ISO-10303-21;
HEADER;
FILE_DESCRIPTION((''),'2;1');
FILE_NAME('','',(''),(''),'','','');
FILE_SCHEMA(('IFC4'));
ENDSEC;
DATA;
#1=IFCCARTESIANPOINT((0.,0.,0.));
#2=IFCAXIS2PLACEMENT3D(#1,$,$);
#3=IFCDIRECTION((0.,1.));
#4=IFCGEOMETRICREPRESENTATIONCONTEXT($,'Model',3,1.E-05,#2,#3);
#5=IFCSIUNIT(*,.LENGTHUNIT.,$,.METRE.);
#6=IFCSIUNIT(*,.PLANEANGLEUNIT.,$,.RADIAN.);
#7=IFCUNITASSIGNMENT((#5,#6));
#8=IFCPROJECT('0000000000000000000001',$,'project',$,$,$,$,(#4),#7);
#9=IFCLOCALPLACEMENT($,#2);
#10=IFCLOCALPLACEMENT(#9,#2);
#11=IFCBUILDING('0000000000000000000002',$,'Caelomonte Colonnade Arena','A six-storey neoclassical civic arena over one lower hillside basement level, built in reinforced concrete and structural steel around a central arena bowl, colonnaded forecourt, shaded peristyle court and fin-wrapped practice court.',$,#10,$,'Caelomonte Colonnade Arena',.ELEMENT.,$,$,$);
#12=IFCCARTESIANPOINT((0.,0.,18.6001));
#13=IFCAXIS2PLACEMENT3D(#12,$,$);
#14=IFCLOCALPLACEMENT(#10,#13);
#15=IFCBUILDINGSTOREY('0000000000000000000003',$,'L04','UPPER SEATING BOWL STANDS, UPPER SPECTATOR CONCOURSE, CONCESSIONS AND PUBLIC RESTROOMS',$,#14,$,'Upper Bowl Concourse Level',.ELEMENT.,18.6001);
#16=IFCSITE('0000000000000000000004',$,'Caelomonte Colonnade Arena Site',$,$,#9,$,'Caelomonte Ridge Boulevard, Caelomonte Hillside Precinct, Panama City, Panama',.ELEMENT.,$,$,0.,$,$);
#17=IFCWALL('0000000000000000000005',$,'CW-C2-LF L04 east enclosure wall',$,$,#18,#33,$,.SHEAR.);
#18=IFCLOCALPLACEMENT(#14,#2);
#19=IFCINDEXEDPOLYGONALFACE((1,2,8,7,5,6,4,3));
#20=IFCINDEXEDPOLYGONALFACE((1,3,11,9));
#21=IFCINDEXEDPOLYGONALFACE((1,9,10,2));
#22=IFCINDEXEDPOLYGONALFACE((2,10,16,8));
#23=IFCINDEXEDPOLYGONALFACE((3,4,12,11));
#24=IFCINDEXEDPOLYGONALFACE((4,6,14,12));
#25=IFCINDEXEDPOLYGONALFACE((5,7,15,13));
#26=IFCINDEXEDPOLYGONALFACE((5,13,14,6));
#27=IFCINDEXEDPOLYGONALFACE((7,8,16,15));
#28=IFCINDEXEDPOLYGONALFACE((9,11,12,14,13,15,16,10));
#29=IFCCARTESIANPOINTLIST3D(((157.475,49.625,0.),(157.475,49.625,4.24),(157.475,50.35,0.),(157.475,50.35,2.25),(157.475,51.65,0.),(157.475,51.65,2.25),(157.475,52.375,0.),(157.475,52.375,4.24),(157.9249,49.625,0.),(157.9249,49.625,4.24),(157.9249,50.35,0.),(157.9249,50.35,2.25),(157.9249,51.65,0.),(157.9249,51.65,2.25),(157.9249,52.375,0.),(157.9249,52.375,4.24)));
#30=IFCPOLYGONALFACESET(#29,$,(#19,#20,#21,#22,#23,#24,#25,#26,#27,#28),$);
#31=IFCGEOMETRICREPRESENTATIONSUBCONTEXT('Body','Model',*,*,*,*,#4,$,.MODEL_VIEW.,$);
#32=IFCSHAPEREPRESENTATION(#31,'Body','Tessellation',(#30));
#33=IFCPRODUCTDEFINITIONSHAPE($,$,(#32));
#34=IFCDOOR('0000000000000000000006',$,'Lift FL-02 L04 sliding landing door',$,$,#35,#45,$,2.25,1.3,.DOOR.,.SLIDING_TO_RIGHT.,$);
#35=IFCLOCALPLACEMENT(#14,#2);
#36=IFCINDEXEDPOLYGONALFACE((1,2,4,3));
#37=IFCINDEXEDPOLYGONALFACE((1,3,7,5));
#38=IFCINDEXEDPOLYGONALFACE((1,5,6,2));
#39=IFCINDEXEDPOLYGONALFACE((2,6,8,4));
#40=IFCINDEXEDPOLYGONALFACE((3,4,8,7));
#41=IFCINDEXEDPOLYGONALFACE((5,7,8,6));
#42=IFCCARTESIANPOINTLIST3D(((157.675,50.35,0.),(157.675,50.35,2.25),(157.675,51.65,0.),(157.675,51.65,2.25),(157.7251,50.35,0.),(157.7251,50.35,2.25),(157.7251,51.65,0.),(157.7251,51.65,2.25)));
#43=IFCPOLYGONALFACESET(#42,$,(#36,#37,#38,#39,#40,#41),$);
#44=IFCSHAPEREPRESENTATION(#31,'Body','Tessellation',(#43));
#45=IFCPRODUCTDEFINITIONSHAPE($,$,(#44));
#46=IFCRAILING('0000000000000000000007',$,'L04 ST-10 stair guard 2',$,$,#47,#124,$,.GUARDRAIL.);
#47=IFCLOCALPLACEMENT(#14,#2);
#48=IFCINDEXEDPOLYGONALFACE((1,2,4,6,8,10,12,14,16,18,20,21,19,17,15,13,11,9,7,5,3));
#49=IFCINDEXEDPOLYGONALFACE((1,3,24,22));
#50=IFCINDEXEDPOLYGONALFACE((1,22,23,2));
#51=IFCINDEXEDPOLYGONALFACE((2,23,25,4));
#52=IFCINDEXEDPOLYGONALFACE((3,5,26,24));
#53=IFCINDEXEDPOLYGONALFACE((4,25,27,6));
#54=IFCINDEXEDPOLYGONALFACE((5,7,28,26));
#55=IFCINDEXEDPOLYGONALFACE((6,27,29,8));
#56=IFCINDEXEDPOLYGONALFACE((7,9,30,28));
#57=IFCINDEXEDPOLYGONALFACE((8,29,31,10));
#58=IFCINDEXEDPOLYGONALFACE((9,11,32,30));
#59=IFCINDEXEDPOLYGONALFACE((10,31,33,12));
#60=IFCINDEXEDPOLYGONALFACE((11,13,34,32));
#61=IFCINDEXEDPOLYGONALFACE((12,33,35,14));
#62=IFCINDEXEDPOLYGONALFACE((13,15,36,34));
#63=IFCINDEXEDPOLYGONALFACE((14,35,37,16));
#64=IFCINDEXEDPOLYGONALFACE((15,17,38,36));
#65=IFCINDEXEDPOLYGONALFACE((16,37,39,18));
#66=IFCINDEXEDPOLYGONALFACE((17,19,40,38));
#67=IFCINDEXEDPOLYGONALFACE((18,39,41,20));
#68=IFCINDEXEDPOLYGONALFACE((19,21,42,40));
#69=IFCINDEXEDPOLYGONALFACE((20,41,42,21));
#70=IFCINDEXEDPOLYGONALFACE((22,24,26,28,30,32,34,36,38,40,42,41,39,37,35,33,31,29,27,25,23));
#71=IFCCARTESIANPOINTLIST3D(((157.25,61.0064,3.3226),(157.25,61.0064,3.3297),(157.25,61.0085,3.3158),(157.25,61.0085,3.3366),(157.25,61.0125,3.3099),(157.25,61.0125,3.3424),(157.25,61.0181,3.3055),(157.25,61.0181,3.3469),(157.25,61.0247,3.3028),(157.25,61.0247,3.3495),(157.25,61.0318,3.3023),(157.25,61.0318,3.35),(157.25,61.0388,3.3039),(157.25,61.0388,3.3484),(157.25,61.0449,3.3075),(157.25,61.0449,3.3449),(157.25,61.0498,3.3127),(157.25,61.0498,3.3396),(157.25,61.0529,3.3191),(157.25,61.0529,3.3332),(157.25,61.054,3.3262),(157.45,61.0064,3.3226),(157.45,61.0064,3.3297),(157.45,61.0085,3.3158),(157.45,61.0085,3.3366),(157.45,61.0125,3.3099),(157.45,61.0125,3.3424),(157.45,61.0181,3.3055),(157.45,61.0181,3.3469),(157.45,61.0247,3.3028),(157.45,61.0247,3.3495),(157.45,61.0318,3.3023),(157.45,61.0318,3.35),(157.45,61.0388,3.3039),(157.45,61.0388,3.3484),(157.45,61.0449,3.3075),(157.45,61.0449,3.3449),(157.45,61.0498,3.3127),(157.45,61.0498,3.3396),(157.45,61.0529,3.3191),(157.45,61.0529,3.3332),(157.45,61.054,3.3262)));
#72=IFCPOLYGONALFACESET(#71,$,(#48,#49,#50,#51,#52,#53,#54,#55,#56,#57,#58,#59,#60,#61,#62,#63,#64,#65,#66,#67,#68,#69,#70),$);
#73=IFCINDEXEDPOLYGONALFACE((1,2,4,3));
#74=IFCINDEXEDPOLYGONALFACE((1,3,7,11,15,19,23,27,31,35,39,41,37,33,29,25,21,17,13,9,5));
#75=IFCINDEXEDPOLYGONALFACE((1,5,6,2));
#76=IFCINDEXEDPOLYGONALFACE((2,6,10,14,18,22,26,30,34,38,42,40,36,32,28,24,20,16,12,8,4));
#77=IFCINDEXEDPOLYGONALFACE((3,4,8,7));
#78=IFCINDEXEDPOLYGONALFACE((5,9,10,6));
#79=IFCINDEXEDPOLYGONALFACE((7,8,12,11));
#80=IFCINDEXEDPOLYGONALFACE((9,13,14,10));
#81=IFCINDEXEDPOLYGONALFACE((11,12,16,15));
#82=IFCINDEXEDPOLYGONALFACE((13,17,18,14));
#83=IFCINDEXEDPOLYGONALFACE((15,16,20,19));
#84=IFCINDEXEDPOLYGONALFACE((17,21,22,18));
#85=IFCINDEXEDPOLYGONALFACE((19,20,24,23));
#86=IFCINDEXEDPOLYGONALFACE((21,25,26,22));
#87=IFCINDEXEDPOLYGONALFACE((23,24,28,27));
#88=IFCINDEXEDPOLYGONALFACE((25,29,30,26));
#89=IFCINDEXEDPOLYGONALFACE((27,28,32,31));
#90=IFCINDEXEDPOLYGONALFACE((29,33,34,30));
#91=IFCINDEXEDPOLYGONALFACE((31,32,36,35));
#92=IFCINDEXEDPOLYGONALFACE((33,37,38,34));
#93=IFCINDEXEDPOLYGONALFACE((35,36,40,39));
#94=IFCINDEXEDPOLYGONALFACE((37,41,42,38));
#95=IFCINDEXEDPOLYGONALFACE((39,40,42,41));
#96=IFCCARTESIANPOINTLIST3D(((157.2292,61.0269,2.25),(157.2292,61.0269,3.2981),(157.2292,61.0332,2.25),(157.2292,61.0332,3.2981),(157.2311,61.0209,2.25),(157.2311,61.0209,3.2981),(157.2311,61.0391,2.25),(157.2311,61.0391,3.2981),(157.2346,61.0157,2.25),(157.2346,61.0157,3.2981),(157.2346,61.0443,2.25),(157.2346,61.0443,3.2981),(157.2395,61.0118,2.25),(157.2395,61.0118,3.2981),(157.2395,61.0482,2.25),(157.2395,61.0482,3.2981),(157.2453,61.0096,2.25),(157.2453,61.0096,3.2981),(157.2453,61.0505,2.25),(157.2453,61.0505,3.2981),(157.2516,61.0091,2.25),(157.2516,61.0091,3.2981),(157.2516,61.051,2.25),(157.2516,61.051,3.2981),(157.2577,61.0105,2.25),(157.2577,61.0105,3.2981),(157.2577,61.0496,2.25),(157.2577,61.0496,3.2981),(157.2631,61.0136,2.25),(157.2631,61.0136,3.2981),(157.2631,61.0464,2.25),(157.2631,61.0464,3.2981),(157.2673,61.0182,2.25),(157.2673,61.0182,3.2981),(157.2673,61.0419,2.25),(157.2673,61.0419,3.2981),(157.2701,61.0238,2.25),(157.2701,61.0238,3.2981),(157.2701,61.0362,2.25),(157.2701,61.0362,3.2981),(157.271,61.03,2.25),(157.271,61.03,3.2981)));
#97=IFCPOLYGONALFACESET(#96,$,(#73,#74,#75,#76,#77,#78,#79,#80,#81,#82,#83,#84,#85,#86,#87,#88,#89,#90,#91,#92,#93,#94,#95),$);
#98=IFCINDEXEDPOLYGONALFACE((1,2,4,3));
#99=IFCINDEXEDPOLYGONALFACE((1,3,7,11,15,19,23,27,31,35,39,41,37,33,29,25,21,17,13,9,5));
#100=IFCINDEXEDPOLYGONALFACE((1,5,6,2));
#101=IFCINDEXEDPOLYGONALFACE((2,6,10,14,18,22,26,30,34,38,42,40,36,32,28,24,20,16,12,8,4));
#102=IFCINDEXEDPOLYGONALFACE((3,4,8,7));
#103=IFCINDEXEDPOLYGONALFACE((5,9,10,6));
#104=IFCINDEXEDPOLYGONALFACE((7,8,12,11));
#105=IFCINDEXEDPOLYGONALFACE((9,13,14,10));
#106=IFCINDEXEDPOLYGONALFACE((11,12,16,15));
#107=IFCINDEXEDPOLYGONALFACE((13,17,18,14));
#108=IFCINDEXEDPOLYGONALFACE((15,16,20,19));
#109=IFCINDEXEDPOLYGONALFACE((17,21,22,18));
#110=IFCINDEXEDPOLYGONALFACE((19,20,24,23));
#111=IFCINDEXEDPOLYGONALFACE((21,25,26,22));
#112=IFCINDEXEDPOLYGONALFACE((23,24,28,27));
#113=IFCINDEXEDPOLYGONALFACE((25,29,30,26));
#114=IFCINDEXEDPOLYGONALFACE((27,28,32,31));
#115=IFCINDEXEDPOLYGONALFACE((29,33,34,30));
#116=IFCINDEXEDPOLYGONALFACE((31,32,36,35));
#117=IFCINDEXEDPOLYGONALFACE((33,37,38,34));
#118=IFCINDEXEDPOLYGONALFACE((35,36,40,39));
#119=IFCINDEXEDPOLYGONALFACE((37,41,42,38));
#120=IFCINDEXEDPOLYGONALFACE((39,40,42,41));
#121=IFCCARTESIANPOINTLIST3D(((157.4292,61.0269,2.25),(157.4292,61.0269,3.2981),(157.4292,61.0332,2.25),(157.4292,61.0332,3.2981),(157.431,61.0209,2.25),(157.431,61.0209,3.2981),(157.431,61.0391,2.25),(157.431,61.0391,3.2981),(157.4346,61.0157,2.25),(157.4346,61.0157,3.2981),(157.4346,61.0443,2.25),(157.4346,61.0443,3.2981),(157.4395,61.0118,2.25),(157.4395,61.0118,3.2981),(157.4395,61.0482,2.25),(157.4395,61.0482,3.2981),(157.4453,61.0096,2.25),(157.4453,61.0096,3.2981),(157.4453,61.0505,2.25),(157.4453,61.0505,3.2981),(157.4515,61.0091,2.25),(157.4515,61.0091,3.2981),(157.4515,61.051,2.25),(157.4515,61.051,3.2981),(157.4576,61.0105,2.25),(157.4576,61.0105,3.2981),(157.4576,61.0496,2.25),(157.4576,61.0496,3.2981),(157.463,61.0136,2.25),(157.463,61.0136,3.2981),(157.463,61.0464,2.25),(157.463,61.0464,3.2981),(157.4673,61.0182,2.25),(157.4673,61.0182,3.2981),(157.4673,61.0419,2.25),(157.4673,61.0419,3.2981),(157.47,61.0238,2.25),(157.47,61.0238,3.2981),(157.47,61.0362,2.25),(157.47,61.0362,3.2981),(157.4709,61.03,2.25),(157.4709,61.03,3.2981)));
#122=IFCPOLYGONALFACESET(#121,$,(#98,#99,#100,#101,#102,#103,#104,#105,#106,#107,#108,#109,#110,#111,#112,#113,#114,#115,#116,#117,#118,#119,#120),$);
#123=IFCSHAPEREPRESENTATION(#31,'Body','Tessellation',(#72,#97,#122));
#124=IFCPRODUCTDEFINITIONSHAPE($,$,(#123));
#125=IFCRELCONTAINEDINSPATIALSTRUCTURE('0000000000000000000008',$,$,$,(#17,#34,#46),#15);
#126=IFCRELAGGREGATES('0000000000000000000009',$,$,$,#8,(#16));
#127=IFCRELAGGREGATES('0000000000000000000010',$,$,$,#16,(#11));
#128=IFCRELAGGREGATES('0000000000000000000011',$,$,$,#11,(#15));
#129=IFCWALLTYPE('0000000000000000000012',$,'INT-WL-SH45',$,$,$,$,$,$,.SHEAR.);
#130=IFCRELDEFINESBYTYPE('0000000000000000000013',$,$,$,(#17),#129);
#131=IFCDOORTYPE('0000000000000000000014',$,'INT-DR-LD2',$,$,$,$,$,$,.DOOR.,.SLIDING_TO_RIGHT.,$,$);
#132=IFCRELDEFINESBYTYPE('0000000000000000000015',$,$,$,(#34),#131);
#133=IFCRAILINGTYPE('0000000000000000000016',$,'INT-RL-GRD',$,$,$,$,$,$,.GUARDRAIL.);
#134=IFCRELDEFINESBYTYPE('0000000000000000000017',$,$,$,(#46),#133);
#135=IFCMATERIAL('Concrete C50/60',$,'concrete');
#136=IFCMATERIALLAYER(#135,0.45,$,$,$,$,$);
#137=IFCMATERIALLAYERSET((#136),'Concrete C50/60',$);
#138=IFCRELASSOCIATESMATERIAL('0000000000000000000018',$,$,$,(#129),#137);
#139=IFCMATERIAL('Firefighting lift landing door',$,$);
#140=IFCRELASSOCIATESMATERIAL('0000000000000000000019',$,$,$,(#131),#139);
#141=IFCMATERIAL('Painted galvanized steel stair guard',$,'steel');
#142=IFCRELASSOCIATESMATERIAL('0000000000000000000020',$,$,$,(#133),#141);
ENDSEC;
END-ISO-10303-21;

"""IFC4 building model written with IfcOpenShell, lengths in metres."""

from ifc_helpers import new_model, si_unit, direction, frame, frame_2d, origin, origin_2d, place, context, subcontext, project, spatial, rectangle, circle, extrude, material, layer, layer_set, type_object, element, fill, save


model = new_model("IFC4")

# Units and contexts
model_context = context("Model", 3, precision=1e-05, world=origin(), true_north=direction((0.0, 1.0)))
body_context = subcontext(model_context, "Body", "Model", "MODEL_VIEW")
ifc_project = project(units=[si_unit("LENGTHUNIT", "METRE"), si_unit("PLANEANGLEUNIT", "RADIAN")], contexts=[model_context])

# Site, building, storey
site_placement = place(None, origin())
site = spatial("IfcSite", under=ifc_project, at=site_placement, Name="Caelomonte Colonnade Arena Site", LongName="Caelomonte Ridge Boulevard, Caelomonte Hillside Precinct, Panama City, Panama", CompositionType="ELEMENT", RefElevation=0.0)
building_placement = place(site_placement, origin())
building = spatial("IfcBuilding", under=site, at=building_placement, Name="Caelomonte Colonnade Arena", Description="A six-storey neoclassical civic arena over one lower hillside basement level, built in reinforced concrete and structural steel around a central arena bowl, colonnaded forecourt, shaded peristyle court and fin-wrapped practice court.", LongName="Caelomonte Colonnade Arena", CompositionType="ELEMENT")
storey_placement = place(building_placement, frame((0.0, 0.0, 18.6001)))
storey = spatial("IfcBuildingStorey", under=building, at=storey_placement, Name="L04", Description="UPPER SEATING BOWL STANDS, UPPER SPECTATOR CONCOURSE, CONCESSIONS AND PUBLIC RESTROOMS", LongName="Upper Bowl Concourse Level", CompositionType="ELEMENT", Elevation=18.6001)

# Shared definitions
ifc_material_1 = material(Name="Concrete C50/60", Category="concrete")

# Shared definitions
ifc_layer_1 = layer(ifc_material_1, 0.45)
ifc_layer_set_1 = layer_set([ifc_layer_1], Name="Concrete C50/60")
wall_type_1 = type_object("IfcWallType", Name="INT-WL-SH45", PredefinedType="SHEAR", material=ifc_layer_set_1)

# Wall, opening, door
wall_1_placement = place(storey_placement, frame((157.7, 49.625, 0.0), z_axis=(0.0, 0.0, 1.0), x_axis=(0.0, 1.0, 0.0)))
wall_1 = element("IfcWall", 1, at=wall_1_placement, inside=storey, type_object=wall_type_1, Name="CW-C2-LF L04 east enclosure wall", PredefinedType="SHEAR", context=body_context, shape_type="SweptSolid", body=[
    extrude(rectangle(XDim=2.75, YDim=0.45, at=frame_2d((1.375, 0.0))), origin(), (0.0, 0.0, 1.0), 4.24),
])
opening_1_placement = place(wall_1_placement, frame((0.7251, 0.0, 0.0), z_axis=(0.0, 0.0, 1.0), x_axis=(1.0, 0.0, 0.0)))
opening_1 = element("IfcOpeningElement", 2, at=opening_1_placement, cuts=wall_1, PredefinedType="OPENING", context=body_context, shape_type="SweptSolid", body=[
    extrude(rectangle(XDim=1.3, YDim=2.25, at=frame_2d((0.6499, 1.125))), frame((0.0, 0.2349, 0.0), z_axis=(0.0, -1.0, 0.0), x_axis=(1.0, 0.0, 0.0)), (0.0, 0.0, 1.0), 0.47),
])
ifc_material_2 = material(Name="Firefighting lift landing door")
door_type_1 = type_object("IfcDoorType", Name="INT-DR-LD2", OperationType="SLIDING_TO_RIGHT", PredefinedType="DOOR", material=ifc_material_2)
door_1_placement = place(opening_1_placement, origin())
door_1 = element("IfcDoor", 3, at=door_1_placement, inside=storey, type_object=door_type_1, Name="Lift FL-02 L04 sliding landing door", OperationType="SLIDING_TO_RIGHT", OverallHeight=2.25, OverallWidth=1.3, PredefinedType="DOOR", context=body_context, shape_type="SweptSolid", body=[
    extrude(rectangle(XDim=1.3, YDim=2.25, at=frame_2d((0.6499, 1.125))), frame((0.0, 0.0249, 0.0), z_axis=(0.0, -1.0, 0.0), x_axis=(1.0, 0.0, 0.0)), (0.0, 0.0, 1.0), 0.05),
])
fill(opening_1, door_1)

# Railing
ifc_material_3 = material(Name="Painted galvanized steel stair guard", Category="steel")
railing_type = type_object("IfcRailingType", Name="INT-RL-GRD", PredefinedType="GUARDRAIL", material=ifc_material_3)
railing_placement = place(storey_placement, frame((157.25, 61.03, 2.25)))
element("IfcRailing", 4, at=railing_placement, inside=storey, type_object=railing_type, Name="L04 ST-10 stair guard 2", PredefinedType="GUARDRAIL", context=body_context, shape_type="SweptSolid", body=[
    extrude(circle(Radius=0.0239, at=origin_2d()), frame((0.0, 0.0, 1.0762), z_axis=(1.0, 0.0, 0.0), x_axis=(0.0, 1.0, 0.0)), (0.0, 0.0, 1.0), 0.2),
    extrude(circle(Radius=0.021, at=origin_2d()), origin(), (0.0, 0.0, 1.0), 1.0481),
    extrude(circle(Radius=0.021, at=origin_2d()), frame((0.2, 0.0, 0.0)), (0.0, 0.0, 1.0), 1.0481),
])

save(model, "model.ifc")
